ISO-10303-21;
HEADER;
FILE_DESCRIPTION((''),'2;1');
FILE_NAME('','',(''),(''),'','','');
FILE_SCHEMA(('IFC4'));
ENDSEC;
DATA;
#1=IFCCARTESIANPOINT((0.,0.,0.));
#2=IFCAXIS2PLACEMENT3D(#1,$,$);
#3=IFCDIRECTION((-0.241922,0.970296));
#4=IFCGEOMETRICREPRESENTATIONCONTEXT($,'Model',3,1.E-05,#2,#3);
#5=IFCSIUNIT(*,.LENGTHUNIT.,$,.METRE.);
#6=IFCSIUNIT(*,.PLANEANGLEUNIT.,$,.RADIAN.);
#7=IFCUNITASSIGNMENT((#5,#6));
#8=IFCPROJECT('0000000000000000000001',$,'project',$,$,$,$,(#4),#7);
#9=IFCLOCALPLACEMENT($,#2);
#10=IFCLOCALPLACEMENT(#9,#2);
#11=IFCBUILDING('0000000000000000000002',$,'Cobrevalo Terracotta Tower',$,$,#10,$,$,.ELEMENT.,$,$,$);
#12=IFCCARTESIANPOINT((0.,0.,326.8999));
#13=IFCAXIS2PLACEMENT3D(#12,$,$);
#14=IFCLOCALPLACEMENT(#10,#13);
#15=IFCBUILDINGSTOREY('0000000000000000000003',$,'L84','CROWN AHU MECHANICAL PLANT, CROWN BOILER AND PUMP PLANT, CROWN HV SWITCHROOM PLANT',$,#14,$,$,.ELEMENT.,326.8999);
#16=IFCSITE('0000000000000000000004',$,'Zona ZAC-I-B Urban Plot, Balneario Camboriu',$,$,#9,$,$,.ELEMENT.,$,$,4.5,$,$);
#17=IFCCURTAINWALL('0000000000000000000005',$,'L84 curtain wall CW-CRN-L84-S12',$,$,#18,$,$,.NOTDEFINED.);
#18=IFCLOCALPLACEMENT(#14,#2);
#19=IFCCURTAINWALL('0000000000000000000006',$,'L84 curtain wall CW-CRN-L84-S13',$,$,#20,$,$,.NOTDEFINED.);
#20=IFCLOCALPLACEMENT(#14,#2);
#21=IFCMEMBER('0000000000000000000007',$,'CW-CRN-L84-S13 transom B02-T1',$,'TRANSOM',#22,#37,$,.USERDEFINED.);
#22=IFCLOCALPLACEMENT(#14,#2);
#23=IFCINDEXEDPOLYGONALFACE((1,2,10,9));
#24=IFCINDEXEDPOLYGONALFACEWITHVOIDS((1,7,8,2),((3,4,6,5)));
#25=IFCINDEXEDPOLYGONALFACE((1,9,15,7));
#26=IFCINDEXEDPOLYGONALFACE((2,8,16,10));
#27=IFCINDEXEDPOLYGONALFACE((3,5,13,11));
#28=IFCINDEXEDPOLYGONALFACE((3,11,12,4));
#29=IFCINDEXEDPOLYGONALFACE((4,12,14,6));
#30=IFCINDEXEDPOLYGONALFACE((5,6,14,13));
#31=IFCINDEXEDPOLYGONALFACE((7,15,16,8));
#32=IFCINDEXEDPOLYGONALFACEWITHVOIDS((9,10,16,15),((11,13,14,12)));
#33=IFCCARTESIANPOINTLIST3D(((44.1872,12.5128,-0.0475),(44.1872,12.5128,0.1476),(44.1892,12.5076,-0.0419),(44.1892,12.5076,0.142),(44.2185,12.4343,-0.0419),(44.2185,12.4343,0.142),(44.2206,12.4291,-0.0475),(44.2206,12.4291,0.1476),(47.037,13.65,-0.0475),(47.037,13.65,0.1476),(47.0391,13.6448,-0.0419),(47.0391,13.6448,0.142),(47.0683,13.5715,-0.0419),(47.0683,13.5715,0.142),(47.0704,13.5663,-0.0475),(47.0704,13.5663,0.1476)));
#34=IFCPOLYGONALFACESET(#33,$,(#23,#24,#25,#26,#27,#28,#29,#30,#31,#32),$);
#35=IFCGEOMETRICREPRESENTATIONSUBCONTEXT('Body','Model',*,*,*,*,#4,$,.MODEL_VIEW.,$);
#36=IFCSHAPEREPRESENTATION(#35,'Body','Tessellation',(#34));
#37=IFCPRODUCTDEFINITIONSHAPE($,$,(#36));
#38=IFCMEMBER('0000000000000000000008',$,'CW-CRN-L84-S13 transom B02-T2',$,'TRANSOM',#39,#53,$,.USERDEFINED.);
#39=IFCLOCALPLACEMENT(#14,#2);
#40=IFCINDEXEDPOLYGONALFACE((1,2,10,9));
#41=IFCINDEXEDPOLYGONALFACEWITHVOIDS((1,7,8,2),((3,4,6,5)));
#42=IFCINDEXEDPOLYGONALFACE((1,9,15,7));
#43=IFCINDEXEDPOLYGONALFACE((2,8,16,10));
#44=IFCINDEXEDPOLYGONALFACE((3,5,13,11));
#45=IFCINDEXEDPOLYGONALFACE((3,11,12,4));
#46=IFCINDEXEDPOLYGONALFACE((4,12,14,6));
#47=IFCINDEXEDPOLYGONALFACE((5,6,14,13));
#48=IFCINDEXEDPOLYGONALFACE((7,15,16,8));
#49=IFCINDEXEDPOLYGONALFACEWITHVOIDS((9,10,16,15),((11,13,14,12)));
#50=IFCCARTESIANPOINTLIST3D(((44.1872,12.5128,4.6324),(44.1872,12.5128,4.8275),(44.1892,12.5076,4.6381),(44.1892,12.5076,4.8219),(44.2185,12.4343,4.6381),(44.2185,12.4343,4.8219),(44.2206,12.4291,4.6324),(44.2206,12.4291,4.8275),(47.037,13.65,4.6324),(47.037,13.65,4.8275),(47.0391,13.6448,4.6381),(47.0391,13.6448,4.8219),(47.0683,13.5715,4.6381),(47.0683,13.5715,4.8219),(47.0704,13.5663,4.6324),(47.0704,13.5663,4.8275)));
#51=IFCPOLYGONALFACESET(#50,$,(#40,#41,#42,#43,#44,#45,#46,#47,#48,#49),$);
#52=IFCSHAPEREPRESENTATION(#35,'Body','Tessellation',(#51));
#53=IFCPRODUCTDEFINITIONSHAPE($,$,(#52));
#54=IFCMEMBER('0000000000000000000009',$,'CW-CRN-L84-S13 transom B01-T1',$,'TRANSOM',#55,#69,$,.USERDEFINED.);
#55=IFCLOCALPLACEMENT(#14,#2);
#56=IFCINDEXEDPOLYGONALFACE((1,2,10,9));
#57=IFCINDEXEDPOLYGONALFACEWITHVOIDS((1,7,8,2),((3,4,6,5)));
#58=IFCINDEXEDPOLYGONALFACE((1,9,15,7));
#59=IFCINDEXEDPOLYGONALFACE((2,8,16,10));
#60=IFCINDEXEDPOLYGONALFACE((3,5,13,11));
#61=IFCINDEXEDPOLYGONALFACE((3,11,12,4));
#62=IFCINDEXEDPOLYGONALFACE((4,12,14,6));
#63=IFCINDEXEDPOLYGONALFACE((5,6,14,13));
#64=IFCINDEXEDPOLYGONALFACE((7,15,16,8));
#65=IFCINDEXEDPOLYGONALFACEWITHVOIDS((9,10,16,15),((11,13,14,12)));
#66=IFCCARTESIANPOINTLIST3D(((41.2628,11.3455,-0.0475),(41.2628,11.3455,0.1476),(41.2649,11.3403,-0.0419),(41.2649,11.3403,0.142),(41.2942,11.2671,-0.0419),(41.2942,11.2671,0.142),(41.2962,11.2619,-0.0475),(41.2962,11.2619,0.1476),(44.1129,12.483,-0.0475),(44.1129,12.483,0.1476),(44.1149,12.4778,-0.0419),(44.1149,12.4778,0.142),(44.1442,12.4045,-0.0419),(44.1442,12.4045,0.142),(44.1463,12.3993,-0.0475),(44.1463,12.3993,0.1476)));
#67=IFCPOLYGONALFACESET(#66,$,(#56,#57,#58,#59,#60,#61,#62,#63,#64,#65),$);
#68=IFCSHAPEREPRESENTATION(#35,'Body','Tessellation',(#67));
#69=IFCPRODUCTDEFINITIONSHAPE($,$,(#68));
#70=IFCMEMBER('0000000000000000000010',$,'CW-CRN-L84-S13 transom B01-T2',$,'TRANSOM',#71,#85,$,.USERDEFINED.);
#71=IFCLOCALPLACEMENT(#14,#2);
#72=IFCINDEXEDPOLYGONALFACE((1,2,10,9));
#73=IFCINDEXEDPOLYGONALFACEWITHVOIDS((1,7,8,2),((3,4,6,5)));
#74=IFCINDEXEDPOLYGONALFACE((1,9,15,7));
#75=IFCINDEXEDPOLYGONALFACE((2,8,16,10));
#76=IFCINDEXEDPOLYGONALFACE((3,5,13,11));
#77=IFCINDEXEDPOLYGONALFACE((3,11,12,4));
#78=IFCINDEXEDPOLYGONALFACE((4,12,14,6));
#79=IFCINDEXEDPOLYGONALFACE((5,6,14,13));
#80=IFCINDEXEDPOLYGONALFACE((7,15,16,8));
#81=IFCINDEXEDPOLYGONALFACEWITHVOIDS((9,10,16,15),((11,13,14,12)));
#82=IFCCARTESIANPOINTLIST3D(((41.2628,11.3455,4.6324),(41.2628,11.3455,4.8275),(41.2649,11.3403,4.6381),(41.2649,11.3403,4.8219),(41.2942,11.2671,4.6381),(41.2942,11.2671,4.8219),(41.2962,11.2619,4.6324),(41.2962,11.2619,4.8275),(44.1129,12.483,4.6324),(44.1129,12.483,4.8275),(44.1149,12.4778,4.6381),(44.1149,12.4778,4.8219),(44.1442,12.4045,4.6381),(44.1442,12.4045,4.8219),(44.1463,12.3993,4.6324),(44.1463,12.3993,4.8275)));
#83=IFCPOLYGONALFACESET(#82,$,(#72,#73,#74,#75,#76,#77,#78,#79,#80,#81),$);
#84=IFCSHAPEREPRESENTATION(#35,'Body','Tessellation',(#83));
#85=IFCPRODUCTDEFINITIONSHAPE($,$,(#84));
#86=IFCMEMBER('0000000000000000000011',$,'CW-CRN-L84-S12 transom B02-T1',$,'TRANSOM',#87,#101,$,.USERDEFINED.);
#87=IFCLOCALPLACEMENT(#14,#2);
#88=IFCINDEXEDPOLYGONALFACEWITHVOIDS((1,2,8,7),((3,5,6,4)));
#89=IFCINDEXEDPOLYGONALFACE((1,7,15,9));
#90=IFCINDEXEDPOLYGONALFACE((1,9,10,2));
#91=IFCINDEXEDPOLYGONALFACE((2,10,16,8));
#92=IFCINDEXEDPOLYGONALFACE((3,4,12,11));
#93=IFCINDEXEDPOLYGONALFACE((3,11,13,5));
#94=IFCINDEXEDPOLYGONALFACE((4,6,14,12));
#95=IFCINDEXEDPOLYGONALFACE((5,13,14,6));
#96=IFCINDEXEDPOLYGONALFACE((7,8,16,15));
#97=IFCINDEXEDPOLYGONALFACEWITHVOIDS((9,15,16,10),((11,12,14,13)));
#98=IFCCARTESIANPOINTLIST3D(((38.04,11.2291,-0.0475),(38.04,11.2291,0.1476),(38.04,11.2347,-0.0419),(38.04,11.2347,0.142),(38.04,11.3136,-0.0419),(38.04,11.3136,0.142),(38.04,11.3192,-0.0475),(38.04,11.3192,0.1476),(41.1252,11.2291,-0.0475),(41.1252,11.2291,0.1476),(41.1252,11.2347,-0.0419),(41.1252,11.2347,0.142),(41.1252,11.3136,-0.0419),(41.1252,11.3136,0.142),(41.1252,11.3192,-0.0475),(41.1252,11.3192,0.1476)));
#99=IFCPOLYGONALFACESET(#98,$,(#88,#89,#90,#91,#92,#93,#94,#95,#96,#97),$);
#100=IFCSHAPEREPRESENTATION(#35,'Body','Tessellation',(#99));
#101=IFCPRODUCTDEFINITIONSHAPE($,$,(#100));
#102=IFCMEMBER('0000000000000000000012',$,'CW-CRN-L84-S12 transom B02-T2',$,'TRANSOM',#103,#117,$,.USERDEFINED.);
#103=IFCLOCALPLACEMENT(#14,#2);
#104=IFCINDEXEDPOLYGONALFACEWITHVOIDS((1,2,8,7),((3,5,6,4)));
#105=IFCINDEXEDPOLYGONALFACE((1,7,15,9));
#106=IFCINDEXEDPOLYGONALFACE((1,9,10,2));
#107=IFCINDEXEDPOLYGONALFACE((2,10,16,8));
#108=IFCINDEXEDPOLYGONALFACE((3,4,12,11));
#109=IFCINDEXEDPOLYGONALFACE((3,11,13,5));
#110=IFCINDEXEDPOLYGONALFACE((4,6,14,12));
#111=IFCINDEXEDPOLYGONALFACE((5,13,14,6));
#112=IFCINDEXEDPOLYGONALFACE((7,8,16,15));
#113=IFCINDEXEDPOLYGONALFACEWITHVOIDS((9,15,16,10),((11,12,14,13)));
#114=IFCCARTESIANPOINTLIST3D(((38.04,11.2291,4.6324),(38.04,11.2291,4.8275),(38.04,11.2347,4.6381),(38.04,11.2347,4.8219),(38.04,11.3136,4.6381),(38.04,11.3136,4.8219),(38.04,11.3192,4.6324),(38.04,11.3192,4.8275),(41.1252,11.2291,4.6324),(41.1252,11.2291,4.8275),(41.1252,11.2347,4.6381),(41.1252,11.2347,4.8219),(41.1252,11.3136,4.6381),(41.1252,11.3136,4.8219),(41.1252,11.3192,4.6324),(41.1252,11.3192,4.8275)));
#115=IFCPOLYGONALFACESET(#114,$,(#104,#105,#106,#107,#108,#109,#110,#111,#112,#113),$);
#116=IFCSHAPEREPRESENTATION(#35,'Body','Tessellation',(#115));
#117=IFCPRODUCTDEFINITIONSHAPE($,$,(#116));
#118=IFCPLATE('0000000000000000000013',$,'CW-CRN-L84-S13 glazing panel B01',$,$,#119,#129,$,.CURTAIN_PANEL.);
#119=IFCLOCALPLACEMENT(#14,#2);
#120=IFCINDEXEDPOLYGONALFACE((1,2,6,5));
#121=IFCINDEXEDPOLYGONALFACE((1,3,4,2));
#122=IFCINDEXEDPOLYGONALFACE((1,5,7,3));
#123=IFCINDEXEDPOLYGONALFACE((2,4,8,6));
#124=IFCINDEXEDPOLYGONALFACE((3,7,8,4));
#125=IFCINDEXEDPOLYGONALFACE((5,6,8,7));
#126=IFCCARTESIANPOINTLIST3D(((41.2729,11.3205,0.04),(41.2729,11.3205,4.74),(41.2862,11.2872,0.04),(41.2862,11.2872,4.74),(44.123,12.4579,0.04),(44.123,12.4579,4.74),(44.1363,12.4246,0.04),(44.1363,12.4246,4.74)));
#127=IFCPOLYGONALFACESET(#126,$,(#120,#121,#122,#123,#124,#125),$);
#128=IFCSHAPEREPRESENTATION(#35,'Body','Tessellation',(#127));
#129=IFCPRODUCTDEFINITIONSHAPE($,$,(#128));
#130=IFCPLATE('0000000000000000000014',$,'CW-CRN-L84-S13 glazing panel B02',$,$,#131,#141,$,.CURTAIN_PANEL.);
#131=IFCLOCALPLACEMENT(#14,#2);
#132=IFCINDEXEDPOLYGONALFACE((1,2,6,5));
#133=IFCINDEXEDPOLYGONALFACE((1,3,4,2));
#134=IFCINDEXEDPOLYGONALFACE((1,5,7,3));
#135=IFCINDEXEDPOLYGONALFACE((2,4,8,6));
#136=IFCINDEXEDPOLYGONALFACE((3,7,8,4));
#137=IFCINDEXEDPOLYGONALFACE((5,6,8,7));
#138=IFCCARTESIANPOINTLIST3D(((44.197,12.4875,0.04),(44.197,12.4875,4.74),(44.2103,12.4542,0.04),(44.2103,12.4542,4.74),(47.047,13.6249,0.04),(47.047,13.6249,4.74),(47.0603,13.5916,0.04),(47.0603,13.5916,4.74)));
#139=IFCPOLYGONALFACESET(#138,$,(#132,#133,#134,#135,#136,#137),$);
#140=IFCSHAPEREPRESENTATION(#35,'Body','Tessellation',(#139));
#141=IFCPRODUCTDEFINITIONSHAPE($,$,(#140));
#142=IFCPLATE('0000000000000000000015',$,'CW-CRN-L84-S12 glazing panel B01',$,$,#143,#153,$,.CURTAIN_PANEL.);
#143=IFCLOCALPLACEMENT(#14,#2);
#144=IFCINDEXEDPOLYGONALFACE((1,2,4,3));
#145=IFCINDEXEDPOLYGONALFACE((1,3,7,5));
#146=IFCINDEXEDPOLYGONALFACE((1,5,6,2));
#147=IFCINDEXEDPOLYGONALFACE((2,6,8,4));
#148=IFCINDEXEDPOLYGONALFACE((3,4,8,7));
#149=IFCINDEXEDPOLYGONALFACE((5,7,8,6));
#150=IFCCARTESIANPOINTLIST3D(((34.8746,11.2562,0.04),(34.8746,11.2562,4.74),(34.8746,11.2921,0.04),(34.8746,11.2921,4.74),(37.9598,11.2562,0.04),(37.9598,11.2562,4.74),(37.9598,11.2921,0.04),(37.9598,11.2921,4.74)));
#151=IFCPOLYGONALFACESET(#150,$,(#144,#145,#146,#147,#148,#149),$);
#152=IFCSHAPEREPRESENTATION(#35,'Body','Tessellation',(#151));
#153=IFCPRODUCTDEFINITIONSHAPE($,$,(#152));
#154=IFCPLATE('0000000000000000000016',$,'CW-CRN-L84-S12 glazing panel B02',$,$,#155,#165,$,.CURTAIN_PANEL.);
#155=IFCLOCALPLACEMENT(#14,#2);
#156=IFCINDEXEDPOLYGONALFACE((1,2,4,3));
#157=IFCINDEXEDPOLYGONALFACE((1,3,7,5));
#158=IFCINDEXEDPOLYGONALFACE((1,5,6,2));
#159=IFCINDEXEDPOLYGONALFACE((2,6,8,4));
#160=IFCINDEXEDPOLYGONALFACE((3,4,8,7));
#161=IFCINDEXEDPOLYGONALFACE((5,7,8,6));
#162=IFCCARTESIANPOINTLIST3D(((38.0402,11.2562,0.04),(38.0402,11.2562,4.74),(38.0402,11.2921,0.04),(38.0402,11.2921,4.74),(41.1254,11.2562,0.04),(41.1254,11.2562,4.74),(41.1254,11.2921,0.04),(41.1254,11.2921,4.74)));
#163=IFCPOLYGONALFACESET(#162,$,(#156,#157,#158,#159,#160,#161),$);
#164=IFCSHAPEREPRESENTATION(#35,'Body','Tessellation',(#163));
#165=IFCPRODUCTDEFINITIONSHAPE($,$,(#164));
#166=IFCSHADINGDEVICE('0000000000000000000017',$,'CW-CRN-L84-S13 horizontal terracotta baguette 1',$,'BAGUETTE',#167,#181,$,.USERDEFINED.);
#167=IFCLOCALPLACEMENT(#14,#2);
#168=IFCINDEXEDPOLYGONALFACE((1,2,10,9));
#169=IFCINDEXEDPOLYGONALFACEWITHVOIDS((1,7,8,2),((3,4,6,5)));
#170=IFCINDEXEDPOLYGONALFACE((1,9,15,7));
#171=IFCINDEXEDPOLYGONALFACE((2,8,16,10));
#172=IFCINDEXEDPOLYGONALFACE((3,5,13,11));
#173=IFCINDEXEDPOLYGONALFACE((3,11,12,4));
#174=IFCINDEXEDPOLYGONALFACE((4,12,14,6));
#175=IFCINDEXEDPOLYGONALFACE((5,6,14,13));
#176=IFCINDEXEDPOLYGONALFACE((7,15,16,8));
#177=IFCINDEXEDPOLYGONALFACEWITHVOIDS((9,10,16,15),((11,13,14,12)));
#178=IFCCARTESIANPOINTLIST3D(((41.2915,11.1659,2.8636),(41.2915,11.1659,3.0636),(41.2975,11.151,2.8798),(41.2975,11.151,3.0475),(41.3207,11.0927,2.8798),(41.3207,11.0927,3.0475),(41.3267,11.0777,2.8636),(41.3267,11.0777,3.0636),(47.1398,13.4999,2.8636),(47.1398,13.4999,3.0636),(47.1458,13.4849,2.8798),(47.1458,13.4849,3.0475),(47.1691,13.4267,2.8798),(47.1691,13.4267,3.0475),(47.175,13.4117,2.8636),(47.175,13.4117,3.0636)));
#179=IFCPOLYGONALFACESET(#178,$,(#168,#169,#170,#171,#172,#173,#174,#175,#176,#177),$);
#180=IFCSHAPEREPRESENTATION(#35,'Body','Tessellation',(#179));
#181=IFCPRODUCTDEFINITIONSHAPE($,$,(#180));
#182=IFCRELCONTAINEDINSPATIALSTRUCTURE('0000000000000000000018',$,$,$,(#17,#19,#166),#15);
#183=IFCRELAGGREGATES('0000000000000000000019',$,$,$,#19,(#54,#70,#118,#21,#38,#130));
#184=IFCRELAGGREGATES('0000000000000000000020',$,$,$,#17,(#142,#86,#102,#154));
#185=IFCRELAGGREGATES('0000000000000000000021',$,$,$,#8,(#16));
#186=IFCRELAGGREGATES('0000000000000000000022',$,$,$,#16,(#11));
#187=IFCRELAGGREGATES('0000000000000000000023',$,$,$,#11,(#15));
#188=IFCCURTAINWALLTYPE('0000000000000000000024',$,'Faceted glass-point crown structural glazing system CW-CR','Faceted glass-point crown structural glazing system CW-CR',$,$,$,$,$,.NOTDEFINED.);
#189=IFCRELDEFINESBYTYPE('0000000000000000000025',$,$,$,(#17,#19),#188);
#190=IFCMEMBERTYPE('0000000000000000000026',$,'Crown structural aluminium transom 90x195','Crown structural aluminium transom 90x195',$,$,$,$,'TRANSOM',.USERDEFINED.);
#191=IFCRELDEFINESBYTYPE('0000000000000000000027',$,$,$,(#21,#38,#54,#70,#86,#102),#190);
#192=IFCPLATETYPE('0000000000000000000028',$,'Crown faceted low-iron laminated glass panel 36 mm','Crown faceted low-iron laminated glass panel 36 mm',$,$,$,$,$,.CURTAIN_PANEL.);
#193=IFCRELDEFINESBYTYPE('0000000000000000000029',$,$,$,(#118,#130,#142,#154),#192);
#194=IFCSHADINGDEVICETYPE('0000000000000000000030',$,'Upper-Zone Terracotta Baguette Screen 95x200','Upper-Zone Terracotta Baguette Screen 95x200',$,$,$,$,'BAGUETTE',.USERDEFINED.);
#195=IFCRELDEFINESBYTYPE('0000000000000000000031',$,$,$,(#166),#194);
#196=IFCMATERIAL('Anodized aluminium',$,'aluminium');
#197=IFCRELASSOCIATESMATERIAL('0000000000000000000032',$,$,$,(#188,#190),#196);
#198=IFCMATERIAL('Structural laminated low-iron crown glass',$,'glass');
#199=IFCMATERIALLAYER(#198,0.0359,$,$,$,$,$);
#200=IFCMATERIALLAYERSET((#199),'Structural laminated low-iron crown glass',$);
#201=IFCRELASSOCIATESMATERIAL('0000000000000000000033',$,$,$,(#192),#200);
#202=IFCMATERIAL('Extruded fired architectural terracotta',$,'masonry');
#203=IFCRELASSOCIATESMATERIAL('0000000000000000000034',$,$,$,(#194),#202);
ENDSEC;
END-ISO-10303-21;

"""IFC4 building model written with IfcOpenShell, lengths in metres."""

from ifc_helpers import new_model, si_unit, direction, frame, origin, origin_2d, place, context, subcontext, project, spatial, rectangle, hollow_rectangle, extrude, source, transform, mapped, material, layer, layer_set, material_profile, profile_set, type_object, element, aggregate, save


model = new_model("IFC4")

# Units and contexts
model_context = context("Model", 3, precision=1e-05, world=origin(), true_north=direction((-0.241922, 0.970296)))
body_context = subcontext(model_context, "Body", "Model", "MODEL_VIEW")
ifc_project = project(units=[si_unit("LENGTHUNIT", "METRE"), si_unit("PLANEANGLEUNIT", "RADIAN")], contexts=[model_context])

# Site, building, storey
site_placement = place(None, origin())
site = spatial("IfcSite", under=ifc_project, at=site_placement, Name="Zona ZAC-I-B Urban Plot, Balneario Camboriu", CompositionType="ELEMENT", RefElevation=4.5)
building_placement = place(site_placement, origin())
building = spatial("IfcBuilding", under=site, at=building_placement, Name="Cobrevalo Terracotta Tower", CompositionType="ELEMENT")
storey_placement = place(building_placement, frame((0.0, 0.0, 326.8999)))
storey = spatial("IfcBuildingStorey", under=building, at=storey_placement, Name="L84", Description="CROWN AHU MECHANICAL PLANT, CROWN BOILER AND PUMP PLANT, CROWN HV SWITCHROOM PLANT", CompositionType="ELEMENT", Elevation=326.8999)

# Curtain walls, members
ifc_material_1 = material(Name="Anodized aluminium", Category="aluminium")
curtain_wall_type = type_object("IfcCurtainWallType", Name="Faceted glass-point crown structural glazing system CW-CR", Description="Faceted glass-point crown structural glazing system CW-CR", PredefinedType="NOTDEFINED", material=ifc_material_1)
curtain_wall_1_placement = place(storey_placement, origin())
curtain_wall_1 = element("IfcCurtainWall", 1, at=curtain_wall_1_placement, inside=storey, type_object=curtain_wall_type, Name="L84 curtain wall CW-CRN-L84-S12", PredefinedType="NOTDEFINED")
curtain_wall_2_placement = place(storey_placement, origin())
curtain_wall_2 = element("IfcCurtainWall", 2, at=curtain_wall_2_placement, inside=storey, type_object=curtain_wall_type, Name="L84 curtain wall CW-CRN-L84-S13", PredefinedType="NOTDEFINED")
ifc_material_profile_1 = material_profile(ifc_material_1, hollow_rectangle(XDim=0.0901, YDim=0.1951, WallThickness=0.0056, at=origin_2d()), Name="CWT 90x195")
ifc_profile_set_1 = profile_set([ifc_material_profile_1], Name="Anodized aluminium")
member_type_1 = type_object("IfcMemberType", Name="Crown structural aluminium transom 90x195", Description="Crown structural aluminium transom 90x195", ElementType="TRANSOM", PredefinedType="USERDEFINED", material=ifc_profile_set_1)
shared_shape_1 = source(origin(), body_context, "Body", "SweptSolid", [
    extrude(hollow_rectangle(XDim=0.0901, YDim=0.1951, WallThickness=0.0056, at=origin_2d()), origin(), (0.0, 0.0, 1.0), 3.0684),
])
member_1_placement = place(storey_placement, frame((44.2039, 12.4709, 0.05), z_axis=(0.928784, 0.370622, 0.0), x_axis=(-0.370622, 0.928784, 0.0)))
member_1 = element("IfcMember", 3, at=member_1_placement, type_object=member_type_1, Name="CW-CRN-L84-S13 transom B02-T1", ObjectType="TRANSOM", PredefinedType="USERDEFINED", context=body_context, shape_type="MappedRepresentation", body=[
    mapped(shared_shape_1, transform((0.0, 0.0, 0.0), scale=1.0)),
])
member_2_placement = place(storey_placement, frame((44.2039, 12.4709, 4.73), z_axis=(0.928784, 0.370622, 0.0), x_axis=(-0.370622, 0.928784, 0.0)))
member_2 = element("IfcMember", 4, at=member_2_placement, type_object=member_type_1, Name="CW-CRN-L84-S13 transom B02-T2", ObjectType="TRANSOM", PredefinedType="USERDEFINED", context=body_context, shape_type="MappedRepresentation", body=[
    mapped(shared_shape_1, transform((0.0, 0.0, 0.0), scale=1.0)),
])
shared_shape_2 = source(origin(), body_context, "Body", "SweptSolid", [
    extrude(hollow_rectangle(XDim=0.0901, YDim=0.1951, WallThickness=0.0056, at=origin_2d()), origin(), (0.0, 0.0, 1.0), 3.0686),
])
member_3_placement = place(storey_placement, frame((41.2795, 11.3037, 0.05), z_axis=(0.928767, 0.370664, 0.0), x_axis=(-0.370664, 0.928767, 0.0)))
member_3 = element("IfcMember", 5, at=member_3_placement, type_object=member_type_1, Name="CW-CRN-L84-S13 transom B01-T1", ObjectType="TRANSOM", PredefinedType="USERDEFINED", context=body_context, shape_type="MappedRepresentation", body=[
    mapped(shared_shape_2, transform((0.0, 0.0, 0.0), scale=1.0)),
])
member_4_placement = place(storey_placement, frame((41.2795, 11.3037, 4.73), z_axis=(0.928767, 0.370664, 0.0), x_axis=(-0.370664, 0.928767, 0.0)))
member_4 = element("IfcMember", 6, at=member_4_placement, type_object=member_type_1, Name="CW-CRN-L84-S13 transom B01-T2", ObjectType="TRANSOM", PredefinedType="USERDEFINED", context=body_context, shape_type="MappedRepresentation", body=[
    mapped(shared_shape_2, transform((0.0, 0.0, 0.0), scale=1.0)),
])

# Members
shared_shape_3 = source(origin(), body_context, "Body", "SweptSolid", [
    extrude(hollow_rectangle(XDim=0.0901, YDim=0.1951, WallThickness=0.0056, at=origin_2d()), origin(), (0.0, 0.0, 1.0), 3.0852),
])
member_5_placement = place(storey_placement, frame((38.04, 11.2742, 0.05), z_axis=(1.0, 0.0, 0.0), x_axis=(0.0, 1.0, 0.0)))
member_5 = element("IfcMember", 7, at=member_5_placement, type_object=member_type_1, Name="CW-CRN-L84-S12 transom B02-T1", ObjectType="TRANSOM", PredefinedType="USERDEFINED", context=body_context, shape_type="MappedRepresentation", body=[
    mapped(shared_shape_3, transform((0.0, 0.0, 0.0), scale=1.0)),
])
member_6_placement = place(storey_placement, frame((38.04, 11.2742, 4.73), z_axis=(1.0, 0.0, 0.0), x_axis=(0.0, 1.0, 0.0)))
member_6 = element("IfcMember", 8, at=member_6_placement, type_object=member_type_1, Name="CW-CRN-L84-S12 transom B02-T2", ObjectType="TRANSOM", PredefinedType="USERDEFINED", context=body_context, shape_type="MappedRepresentation", body=[
    mapped(shared_shape_3, transform((0.0, 0.0, 0.0), scale=1.0)),
])

# Plates
ifc_material_2 = material(Name="Structural laminated low-iron crown glass", Category="glass")
ifc_layer_1 = layer(ifc_material_2, 0.0359)
ifc_layer_set_1 = layer_set([ifc_layer_1], Name="Structural laminated low-iron crown glass")
plate_type = type_object("IfcPlateType", Name="Crown faceted low-iron laminated glass panel 36 mm", Description="Crown faceted low-iron laminated glass panel 36 mm", PredefinedType="CURTAIN_PANEL", material=ifc_layer_set_1)
shared_shape_4 = source(origin(), body_context, "Body", "SweptSolid", [
    extrude(rectangle(XDim=3.0686, YDim=0.0359, at=origin_2d()), origin(), (0.0, 0.0, 1.0), 4.7),
])
plate_1_placement = place(storey_placement, frame((42.7046, 11.8726, 0.04), z_axis=(0.0, 0.0, 1.0), x_axis=(0.928769, 0.37066, 0.0)))
plate_1 = element("IfcPlate", 9, at=plate_1_placement, type_object=plate_type, Name="CW-CRN-L84-S13 glazing panel B01", PredefinedType="CURTAIN_PANEL", context=body_context, shape_type="MappedRepresentation", body=[
    mapped(shared_shape_4, transform((0.0, 0.0, 0.0), scale=1.0)),
])
plate_2_placement = place(storey_placement, frame((45.6287, 13.0396, 0.04), z_axis=(0.0, 0.0, 1.0), x_axis=(0.928769, 0.37066, 0.0)))
plate_2 = element("IfcPlate", 10, at=plate_2_placement, type_object=plate_type, Name="CW-CRN-L84-S13 glazing panel B02", PredefinedType="CURTAIN_PANEL", context=body_context, shape_type="MappedRepresentation", body=[
    mapped(shared_shape_4, transform((0.0, 0.0, 0.0), scale=1.0)),
])
aggregate(curtain_wall_2, [member_3, member_4, plate_1, member_1, member_2, plate_2])
shared_shape_5 = source(origin(), body_context, "Body", "SweptSolid", [
    extrude(rectangle(XDim=3.0852, YDim=0.0359, at=origin_2d()), origin(), (0.0, 0.0, 1.0), 4.7),
])
plate_3_placement = place(storey_placement, frame((36.4172, 11.2742, 0.04), z_axis=(0.0, 0.0, 1.0), x_axis=(1.0, 0.0, 0.0)))
plate_3 = element("IfcPlate", 11, at=plate_3_placement, type_object=plate_type, Name="CW-CRN-L84-S12 glazing panel B01", PredefinedType="CURTAIN_PANEL", context=body_context, shape_type="MappedRepresentation", body=[
    mapped(shared_shape_5, transform((0.0, 0.0, 0.0), scale=1.0)),
])
plate_4_placement = place(storey_placement, frame((39.5828, 11.2742, 0.04), z_axis=(0.0, 0.0, 1.0), x_axis=(1.0, 0.0, 0.0)))
plate_4 = element("IfcPlate", 12, at=plate_4_placement, type_object=plate_type, Name="CW-CRN-L84-S12 glazing panel B02", PredefinedType="CURTAIN_PANEL", context=body_context, shape_type="MappedRepresentation", body=[
    mapped(shared_shape_5, transform((0.0, 0.0, 0.0), scale=1.0)),
])
aggregate(curtain_wall_1, [plate_3, member_5, member_6, plate_4])

# Shading device
ifc_material_3 = material(Name="Extruded fired architectural terracotta", Category="masonry")
ifc_material_profile_2 = material_profile(ifc_material_3, hollow_rectangle(XDim=0.095, YDim=0.2, WallThickness=0.0161, at=origin_2d()), Name="BAGUETTE 95x200")
ifc_profile_set_2 = profile_set([ifc_material_profile_2], Name="Extruded fired architectural terracotta")
shading_device_type = type_object("IfcShadingDeviceType", Name="Upper-Zone Terracotta Baguette Screen 95x200", Description="Upper-Zone Terracotta Baguette Screen 95x200", ElementType="BAGUETTE", PredefinedType="USERDEFINED", material=ifc_profile_set_2)
shared_shape_6 = source(origin(), body_context, "Body", "SweptSolid", [
    extrude(hollow_rectangle(XDim=0.095, YDim=0.2, WallThickness=0.0161, at=origin_2d()), origin(), (0.0, 0.0, 1.0), 6.2969),
])
for number, where, z_axis, x_axis, name in (
    (13, (41.3091, 11.1218, 2.9636), (0.928771, 0.370655, 0.0), (-0.370655, 0.928771, 0.0), "CW-CRN-L84-S13 horizontal terracotta baguette 1"),
):
    element("IfcShadingDevice", number, at=place(storey_placement, frame(where, z_axis=z_axis, x_axis=x_axis)), inside=storey, type_object=shading_device_type, Name=name, ObjectType="BAGUETTE", PredefinedType="USERDEFINED", context=body_context, shape_type="MappedRepresentation", body=[
        mapped(shared_shape_6, transform((0.0, 0.0, 0.0), scale=1.0)),
    ])

save(model, "model.ifc")
